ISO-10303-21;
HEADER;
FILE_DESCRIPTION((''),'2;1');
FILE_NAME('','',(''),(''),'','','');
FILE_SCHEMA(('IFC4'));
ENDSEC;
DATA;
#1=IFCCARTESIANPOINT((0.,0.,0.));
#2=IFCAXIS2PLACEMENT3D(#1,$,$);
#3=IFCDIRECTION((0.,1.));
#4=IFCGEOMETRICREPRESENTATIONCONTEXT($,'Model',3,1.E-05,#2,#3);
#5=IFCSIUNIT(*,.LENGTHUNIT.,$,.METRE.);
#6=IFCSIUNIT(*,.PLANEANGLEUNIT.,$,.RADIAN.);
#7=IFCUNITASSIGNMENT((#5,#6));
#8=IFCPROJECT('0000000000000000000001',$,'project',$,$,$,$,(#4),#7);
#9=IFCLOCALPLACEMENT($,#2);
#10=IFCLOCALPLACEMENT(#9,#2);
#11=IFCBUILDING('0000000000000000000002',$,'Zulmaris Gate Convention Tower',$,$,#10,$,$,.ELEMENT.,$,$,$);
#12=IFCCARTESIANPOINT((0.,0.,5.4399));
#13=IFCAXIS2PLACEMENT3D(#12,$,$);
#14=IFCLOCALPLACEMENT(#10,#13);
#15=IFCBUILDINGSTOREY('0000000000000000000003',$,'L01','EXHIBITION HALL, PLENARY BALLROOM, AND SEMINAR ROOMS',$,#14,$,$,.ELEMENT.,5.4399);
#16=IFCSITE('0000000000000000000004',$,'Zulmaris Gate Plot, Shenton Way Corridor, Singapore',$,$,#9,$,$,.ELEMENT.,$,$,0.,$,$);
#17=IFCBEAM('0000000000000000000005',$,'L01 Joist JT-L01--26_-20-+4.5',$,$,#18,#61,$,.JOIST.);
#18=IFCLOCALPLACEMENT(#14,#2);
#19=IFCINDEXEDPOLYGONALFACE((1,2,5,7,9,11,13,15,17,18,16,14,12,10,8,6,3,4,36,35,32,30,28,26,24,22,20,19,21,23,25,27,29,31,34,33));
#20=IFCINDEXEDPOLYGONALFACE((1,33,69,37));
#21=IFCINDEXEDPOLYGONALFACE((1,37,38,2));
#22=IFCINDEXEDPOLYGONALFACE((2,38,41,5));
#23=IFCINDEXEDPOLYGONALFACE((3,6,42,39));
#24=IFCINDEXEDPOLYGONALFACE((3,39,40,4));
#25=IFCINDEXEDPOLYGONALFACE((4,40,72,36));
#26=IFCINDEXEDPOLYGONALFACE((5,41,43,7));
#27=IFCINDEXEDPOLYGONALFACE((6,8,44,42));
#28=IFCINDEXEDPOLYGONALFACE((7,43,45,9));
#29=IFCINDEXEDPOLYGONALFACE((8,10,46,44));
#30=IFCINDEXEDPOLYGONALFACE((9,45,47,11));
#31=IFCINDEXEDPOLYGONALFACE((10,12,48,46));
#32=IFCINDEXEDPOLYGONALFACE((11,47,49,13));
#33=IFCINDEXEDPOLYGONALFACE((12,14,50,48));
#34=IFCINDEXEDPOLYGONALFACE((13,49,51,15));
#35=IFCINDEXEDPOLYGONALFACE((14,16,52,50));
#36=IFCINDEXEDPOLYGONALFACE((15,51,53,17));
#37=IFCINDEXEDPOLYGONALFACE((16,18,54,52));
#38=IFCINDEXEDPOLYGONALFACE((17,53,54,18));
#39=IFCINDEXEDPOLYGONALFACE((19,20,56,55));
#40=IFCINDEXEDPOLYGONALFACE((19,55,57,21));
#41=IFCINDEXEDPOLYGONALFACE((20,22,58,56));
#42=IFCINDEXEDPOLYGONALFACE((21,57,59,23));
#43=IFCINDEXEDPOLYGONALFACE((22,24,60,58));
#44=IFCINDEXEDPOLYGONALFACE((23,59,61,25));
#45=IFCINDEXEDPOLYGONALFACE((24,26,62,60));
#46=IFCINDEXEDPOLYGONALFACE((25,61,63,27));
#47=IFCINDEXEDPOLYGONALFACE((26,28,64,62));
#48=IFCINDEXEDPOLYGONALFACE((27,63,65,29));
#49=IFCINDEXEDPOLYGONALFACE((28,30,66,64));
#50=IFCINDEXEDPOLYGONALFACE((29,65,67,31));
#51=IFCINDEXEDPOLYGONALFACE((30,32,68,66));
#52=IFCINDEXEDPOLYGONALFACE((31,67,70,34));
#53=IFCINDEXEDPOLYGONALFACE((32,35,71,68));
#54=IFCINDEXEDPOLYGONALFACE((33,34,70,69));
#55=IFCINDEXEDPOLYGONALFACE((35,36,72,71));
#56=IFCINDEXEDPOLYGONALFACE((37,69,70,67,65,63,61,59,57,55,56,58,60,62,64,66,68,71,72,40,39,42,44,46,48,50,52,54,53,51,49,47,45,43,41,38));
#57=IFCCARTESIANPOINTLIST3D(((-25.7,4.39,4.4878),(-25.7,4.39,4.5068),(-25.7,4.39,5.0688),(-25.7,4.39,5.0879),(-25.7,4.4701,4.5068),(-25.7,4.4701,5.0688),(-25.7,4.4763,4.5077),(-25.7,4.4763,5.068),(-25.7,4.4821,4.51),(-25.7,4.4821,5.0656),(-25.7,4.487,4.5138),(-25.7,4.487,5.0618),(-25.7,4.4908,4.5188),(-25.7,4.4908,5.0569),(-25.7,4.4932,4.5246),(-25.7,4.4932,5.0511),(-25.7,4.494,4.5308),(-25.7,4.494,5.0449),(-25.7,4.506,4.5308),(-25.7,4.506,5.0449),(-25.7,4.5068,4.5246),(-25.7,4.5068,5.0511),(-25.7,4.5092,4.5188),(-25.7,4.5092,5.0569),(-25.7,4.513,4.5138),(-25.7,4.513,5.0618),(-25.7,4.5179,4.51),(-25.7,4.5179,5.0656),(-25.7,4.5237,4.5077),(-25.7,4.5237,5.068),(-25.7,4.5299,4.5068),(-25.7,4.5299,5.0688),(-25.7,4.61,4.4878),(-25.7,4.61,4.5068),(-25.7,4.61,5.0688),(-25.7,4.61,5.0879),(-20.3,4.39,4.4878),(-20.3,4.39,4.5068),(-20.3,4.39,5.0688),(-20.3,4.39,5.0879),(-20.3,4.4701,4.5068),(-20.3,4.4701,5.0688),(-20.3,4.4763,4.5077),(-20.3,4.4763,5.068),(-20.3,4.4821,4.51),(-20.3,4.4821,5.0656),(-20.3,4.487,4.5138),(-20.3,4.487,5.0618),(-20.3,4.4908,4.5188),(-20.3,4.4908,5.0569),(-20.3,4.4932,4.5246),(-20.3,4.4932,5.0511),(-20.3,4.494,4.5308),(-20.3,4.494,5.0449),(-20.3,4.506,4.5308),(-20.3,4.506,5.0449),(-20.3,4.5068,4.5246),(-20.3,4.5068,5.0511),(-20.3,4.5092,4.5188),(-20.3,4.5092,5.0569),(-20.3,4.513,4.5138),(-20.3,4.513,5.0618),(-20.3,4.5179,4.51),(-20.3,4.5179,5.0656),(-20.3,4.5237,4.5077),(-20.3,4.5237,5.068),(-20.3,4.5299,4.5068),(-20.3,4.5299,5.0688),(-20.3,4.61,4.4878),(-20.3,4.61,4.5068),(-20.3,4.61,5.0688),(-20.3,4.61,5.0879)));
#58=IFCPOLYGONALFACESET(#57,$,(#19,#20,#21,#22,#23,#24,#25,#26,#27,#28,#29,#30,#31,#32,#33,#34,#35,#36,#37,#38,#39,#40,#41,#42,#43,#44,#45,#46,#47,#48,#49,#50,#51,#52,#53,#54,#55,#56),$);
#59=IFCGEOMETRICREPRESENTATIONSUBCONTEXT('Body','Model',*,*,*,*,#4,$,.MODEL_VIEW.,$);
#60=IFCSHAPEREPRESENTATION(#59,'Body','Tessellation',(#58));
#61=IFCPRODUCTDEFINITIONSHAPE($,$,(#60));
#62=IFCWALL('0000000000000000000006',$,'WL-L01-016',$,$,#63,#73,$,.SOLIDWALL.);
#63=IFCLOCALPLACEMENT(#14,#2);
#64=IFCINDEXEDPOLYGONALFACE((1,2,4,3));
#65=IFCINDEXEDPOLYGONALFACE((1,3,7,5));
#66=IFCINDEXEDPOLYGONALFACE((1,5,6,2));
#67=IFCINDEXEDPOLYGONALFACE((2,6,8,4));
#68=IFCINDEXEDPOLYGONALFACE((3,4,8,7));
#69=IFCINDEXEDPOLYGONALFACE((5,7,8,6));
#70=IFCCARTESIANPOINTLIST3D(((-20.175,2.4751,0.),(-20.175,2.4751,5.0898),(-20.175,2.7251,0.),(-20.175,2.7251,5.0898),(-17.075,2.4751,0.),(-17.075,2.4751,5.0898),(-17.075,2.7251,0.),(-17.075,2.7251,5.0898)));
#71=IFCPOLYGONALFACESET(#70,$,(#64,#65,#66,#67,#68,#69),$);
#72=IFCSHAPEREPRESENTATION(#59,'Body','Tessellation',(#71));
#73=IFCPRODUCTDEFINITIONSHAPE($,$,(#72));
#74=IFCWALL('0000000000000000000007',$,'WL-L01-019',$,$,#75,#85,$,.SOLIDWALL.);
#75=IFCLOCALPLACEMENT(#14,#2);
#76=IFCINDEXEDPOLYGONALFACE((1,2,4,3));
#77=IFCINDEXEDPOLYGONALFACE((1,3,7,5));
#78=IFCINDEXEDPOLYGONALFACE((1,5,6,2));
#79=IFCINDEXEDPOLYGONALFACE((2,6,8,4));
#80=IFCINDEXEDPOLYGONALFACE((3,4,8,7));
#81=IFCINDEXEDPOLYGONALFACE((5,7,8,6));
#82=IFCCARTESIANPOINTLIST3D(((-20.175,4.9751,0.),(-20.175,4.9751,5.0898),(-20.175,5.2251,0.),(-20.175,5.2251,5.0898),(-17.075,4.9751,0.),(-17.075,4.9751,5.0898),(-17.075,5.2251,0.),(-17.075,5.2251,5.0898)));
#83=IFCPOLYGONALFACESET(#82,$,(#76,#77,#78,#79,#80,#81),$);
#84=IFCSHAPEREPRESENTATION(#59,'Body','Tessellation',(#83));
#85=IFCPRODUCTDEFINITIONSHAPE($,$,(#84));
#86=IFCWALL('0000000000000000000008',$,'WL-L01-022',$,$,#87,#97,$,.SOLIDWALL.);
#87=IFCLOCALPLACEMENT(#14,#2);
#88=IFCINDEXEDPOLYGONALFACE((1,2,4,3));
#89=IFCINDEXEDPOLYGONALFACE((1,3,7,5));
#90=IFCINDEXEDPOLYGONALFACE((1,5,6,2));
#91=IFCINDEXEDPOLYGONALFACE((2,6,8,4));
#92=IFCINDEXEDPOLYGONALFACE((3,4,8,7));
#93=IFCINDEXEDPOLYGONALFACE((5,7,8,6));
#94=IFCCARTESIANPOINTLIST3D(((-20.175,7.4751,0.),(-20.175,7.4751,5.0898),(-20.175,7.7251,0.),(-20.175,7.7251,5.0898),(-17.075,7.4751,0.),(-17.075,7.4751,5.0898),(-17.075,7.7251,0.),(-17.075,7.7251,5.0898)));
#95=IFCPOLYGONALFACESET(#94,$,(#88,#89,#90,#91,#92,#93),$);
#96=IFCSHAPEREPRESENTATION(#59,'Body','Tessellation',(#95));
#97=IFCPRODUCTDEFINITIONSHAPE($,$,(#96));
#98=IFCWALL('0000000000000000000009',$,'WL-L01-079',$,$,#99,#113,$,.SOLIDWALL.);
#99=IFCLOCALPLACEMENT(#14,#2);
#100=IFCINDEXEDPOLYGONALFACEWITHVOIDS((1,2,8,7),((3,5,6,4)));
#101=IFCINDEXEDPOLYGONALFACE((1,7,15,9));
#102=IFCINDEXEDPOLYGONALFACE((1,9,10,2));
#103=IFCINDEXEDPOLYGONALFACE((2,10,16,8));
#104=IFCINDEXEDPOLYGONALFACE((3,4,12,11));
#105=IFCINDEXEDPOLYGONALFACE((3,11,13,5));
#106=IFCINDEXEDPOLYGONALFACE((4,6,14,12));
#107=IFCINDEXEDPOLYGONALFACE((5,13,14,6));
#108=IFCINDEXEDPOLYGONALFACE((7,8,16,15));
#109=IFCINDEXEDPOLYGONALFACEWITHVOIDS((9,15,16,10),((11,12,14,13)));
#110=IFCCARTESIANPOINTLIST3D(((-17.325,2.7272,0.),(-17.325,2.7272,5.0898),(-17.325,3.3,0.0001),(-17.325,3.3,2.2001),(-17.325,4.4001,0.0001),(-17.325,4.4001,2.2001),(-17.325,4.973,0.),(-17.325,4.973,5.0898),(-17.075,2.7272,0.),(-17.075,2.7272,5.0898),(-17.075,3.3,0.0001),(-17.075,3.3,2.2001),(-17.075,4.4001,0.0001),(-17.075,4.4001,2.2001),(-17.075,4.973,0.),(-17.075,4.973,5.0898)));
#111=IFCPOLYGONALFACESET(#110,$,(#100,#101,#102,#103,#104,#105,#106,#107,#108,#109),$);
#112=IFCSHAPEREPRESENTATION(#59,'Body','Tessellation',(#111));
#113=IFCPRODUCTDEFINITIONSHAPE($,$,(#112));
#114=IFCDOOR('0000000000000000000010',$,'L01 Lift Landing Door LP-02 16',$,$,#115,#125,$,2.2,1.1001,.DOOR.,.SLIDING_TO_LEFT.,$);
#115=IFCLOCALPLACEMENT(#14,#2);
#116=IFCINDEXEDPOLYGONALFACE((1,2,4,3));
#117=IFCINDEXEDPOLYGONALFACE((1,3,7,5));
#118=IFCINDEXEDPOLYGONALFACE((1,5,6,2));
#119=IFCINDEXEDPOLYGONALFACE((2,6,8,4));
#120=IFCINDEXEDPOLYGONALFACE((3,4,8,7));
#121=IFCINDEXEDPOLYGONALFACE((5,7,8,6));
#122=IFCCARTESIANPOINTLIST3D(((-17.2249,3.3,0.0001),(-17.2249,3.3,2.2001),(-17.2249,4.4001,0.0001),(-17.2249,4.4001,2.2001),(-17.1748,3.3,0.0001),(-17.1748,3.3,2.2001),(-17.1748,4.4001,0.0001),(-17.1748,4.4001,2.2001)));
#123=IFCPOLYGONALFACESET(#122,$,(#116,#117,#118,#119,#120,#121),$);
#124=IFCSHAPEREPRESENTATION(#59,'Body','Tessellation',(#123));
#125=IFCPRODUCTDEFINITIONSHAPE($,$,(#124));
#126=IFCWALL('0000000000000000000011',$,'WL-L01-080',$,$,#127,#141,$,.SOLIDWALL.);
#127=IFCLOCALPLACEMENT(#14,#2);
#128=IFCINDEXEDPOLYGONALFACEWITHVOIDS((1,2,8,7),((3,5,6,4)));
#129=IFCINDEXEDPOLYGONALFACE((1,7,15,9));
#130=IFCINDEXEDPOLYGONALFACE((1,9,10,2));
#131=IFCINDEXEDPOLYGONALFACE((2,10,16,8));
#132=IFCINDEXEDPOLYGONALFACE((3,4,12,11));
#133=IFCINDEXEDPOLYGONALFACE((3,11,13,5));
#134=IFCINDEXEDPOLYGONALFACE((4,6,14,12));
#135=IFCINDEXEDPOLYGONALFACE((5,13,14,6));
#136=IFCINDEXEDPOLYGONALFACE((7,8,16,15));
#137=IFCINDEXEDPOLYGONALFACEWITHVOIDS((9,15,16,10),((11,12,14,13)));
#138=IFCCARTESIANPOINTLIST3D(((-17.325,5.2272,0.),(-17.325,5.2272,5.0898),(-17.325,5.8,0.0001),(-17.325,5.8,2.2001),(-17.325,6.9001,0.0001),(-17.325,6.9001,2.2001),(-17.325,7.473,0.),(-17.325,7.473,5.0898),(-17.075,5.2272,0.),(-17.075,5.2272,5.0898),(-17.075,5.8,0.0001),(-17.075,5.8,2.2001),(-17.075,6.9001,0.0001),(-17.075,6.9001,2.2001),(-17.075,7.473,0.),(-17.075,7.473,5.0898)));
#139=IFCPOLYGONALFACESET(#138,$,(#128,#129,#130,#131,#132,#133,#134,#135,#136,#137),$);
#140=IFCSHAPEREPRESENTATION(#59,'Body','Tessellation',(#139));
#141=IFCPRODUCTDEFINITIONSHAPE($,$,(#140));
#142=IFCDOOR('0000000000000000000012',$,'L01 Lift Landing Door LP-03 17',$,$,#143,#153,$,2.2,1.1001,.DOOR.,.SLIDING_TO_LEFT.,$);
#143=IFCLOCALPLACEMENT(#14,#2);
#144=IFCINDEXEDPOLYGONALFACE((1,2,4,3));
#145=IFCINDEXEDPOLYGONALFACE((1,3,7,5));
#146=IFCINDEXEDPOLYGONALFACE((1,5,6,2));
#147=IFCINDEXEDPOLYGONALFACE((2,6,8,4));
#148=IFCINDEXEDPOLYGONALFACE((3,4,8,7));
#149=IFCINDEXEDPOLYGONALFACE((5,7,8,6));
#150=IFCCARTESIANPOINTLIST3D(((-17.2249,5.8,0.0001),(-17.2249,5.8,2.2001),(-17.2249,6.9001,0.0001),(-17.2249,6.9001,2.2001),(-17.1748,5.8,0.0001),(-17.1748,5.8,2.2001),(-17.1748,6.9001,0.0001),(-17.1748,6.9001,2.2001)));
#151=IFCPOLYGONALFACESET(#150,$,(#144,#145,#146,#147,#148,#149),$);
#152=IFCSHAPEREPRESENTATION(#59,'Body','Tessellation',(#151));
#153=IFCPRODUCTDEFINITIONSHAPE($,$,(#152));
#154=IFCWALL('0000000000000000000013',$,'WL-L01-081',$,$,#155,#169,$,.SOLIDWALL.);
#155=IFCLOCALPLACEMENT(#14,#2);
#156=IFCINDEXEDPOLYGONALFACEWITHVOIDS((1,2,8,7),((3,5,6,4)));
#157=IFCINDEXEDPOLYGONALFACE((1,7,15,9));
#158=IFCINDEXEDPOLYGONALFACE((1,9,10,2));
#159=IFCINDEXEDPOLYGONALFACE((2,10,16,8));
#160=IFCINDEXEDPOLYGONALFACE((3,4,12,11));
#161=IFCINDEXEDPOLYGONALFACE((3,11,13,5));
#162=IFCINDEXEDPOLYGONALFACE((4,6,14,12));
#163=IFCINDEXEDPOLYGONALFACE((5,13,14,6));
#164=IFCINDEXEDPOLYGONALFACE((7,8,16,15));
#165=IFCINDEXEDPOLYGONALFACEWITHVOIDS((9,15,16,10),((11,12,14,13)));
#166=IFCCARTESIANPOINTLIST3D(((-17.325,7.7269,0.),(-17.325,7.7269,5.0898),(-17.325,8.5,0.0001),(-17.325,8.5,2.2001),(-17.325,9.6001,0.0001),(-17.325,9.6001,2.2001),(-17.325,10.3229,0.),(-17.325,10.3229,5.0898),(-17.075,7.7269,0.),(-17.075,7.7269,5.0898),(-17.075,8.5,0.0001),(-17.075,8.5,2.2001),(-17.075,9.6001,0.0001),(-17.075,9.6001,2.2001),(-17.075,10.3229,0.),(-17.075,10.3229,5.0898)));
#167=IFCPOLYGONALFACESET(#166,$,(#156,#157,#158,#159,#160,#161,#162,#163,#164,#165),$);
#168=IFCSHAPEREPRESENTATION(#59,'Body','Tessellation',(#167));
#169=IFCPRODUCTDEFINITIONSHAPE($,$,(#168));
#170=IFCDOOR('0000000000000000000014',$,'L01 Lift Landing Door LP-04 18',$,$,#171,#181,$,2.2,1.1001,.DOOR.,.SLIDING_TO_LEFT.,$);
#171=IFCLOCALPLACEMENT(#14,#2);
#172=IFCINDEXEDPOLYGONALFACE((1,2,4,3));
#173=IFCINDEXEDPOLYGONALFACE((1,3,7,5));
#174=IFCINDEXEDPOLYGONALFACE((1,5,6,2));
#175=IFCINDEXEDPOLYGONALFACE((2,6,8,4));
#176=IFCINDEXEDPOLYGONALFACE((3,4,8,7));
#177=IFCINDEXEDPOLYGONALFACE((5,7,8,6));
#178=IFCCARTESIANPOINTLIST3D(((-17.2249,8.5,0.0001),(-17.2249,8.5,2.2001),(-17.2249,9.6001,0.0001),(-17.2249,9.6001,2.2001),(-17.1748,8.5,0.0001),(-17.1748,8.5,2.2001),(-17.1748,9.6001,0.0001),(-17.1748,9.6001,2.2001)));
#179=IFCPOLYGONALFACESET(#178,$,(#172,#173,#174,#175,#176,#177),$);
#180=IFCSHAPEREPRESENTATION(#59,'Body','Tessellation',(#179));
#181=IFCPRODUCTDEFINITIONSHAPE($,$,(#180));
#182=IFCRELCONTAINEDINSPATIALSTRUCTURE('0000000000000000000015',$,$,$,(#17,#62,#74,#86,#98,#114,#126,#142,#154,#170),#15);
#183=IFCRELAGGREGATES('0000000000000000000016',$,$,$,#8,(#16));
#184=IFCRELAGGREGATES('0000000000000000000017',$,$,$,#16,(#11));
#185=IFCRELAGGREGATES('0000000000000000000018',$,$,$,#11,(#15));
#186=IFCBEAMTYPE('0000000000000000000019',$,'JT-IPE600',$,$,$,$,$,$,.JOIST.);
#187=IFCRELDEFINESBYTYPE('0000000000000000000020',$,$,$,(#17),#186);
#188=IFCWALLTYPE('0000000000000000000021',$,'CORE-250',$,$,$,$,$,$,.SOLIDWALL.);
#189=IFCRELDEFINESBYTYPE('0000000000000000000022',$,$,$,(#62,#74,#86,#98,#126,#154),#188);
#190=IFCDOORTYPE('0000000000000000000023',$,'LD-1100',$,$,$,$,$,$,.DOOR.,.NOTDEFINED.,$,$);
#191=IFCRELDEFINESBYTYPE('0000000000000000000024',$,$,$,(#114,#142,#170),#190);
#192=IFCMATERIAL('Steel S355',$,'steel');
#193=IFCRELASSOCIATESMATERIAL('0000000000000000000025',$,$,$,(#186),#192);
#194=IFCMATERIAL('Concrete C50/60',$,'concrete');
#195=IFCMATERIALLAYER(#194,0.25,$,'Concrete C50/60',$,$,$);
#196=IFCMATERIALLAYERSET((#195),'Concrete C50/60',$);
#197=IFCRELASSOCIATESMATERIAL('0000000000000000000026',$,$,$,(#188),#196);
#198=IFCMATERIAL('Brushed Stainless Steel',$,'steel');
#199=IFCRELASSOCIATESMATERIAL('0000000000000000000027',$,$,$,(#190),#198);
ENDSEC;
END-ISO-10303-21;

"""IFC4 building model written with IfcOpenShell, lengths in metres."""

from ifc_helpers import new_model, si_unit, direction, frame, frame_2d, origin, origin_2d, place, context, subcontext, project, spatial, rectangle, i_section, extrude, material, layer, layer_set, material_profile, profile_set, type_object, element, fill, save


model = new_model("IFC4")

# Units and contexts
model_context = context("Model", 3, precision=1e-05, world=origin(), true_north=direction((0.0, 1.0)))
body_context = subcontext(model_context, "Body", "Model", "MODEL_VIEW")
ifc_project = project(units=[si_unit("LENGTHUNIT", "METRE"), si_unit("PLANEANGLEUNIT", "RADIAN")], contexts=[model_context])

# Site, building, storey
site_placement = place(None, origin())
site = spatial("IfcSite", under=ifc_project, at=site_placement, Name="Zulmaris Gate Plot, Shenton Way Corridor, Singapore", CompositionType="ELEMENT", RefElevation=0.0)
building_placement = place(site_placement, origin())
building = spatial("IfcBuilding", under=site, at=building_placement, Name="Zulmaris Gate Convention Tower", CompositionType="ELEMENT")
storey_placement = place(building_placement, frame((0.0, 0.0, 5.4399)))
storey = spatial("IfcBuildingStorey", under=building, at=storey_placement, Name="L01", Description="EXHIBITION HALL, PLENARY BALLROOM, AND SEMINAR ROOMS", CompositionType="ELEMENT", Elevation=5.4399)

# Beam
ifc_material_1 = material(Name="Steel S355", Category="steel")
ifc_material_profile = material_profile(ifc_material_1, i_section(OverallWidth=0.22, OverallDepth=0.6001, WebThickness=0.012, FlangeThickness=0.019, FilletRadius=0.0239, at=origin_2d()), Name="IPE 600")
ifc_profile_set = profile_set([ifc_material_profile], Name="Steel S355")
beam_type = type_object("IfcBeamType", Name="JT-IPE600", PredefinedType="JOIST", material=ifc_profile_set)
beam_placement = place(storey_placement, frame((-25.7, 4.5, 4.7878), z_axis=(1.0, 0.0, 0.0), x_axis=(0.0, 1.0, 0.0)))
element("IfcBeam", 1, at=beam_placement, inside=storey, type_object=beam_type, Name="L01 Joist JT-L01--26_-20-+4.5", PredefinedType="JOIST", context=body_context, shape_type="SweptSolid", body=[
    extrude(i_section(OverallWidth=0.22, OverallDepth=0.6001, WebThickness=0.012, FlangeThickness=0.019, FilletRadius=0.0239, at=origin_2d()), origin(), (0.0, 0.0, 1.0), 5.3999),
])

# Walls
ifc_material_2 = material(Name="Concrete C50/60", Category="concrete")
ifc_layer_1 = layer(ifc_material_2, 0.25, Name="Concrete C50/60")
ifc_layer_set_1 = layer_set([ifc_layer_1], Name="Concrete C50/60")
wall_type_1 = type_object("IfcWallType", Name="CORE-250", PredefinedType="SOLIDWALL", material=ifc_layer_set_1)
for number, where, z_axis, x_axis, name in (
    (2, (-20.175, 2.6001, 0.0), (0.0, 0.0, 1.0), (1.0, 0.0, 0.0), "WL-L01-016"),
    (3, (-20.175, 5.1001, 0.0), (0.0, 0.0, 1.0), (1.0, 0.0, 0.0), "WL-L01-019"),
    (4, (-20.175, 7.6001, 0.0), (0.0, 0.0, 1.0), (1.0, 0.0, 0.0), "WL-L01-022"),
):
    element("IfcWall", number, at=place(storey_placement, frame(where, z_axis=z_axis, x_axis=x_axis)), inside=storey, type_object=wall_type_1, Name=name, PredefinedType="SOLIDWALL", context=body_context, shape_type="SweptSolid", body=[
        extrude(rectangle(XDim=3.1001, YDim=0.25, at=frame_2d((1.55, 0.0))), origin(), (0.0, 0.0, 1.0), 5.0898),
    ])

# Walls, openings, doors
wall_1_placement = place(storey_placement, frame((-17.2, 2.7271, 0.0), z_axis=(0.0, 0.0, 1.0), x_axis=(0.0, 1.0, 0.0)))
wall_1 = element("IfcWall", 5, at=wall_1_placement, inside=storey, type_object=wall_type_1, Name="WL-L01-079", PredefinedType="SOLIDWALL", context=body_context, shape_type="SweptSolid", body=[
    extrude(rectangle(XDim=2.2458, YDim=0.25, at=frame_2d((1.123, 0.0))), origin(), (0.0, 0.0, 1.0), 5.0898),
])
opening_1_placement = place(wall_1_placement, frame((0.573, 0.0, 0.0)))
opening_1 = element("IfcOpeningElement", 6, at=opening_1_placement, cuts=wall_1, PredefinedType="OPENING", context=body_context, shape_type="SweptSolid", body=[
    extrude(rectangle(XDim=1.1001, YDim=2.2, at=frame_2d((0.55, 1.1001))), frame((0.0, 0.135, 0.0), z_axis=(0.0, -1.0, 0.0), x_axis=(1.0, 0.0, 0.0)), (0.0, 0.0, 1.0), 0.27),
])
ifc_material_3 = material(Name="Brushed Stainless Steel", Category="steel")
door_type = type_object("IfcDoorType", Name="LD-1100", OperationType="NOTDEFINED", PredefinedType="DOOR", material=ifc_material_3)
door_1_placement = place(opening_1_placement, origin())
door_1 = element("IfcDoor", 7, at=door_1_placement, inside=storey, type_object=door_type, Name="L01 Lift Landing Door LP-02 16", OperationType="SLIDING_TO_LEFT", OverallHeight=2.2, OverallWidth=1.1001, PredefinedType="DOOR", context=body_context, shape_type="SweptSolid", body=[
    extrude(rectangle(XDim=1.1001, YDim=2.2, at=frame_2d((0.55, 1.1001))), frame((0.0, 0.0249, 0.0), z_axis=(0.0, -1.0, 0.0), x_axis=(1.0, 0.0, 0.0)), (0.0, 0.0, 1.0), 0.05),
])
fill(opening_1, door_1)
wall_2_placement = place(storey_placement, frame((-17.2, 5.2271, 0.0), z_axis=(0.0, 0.0, 1.0), x_axis=(0.0, 1.0, 0.0)))
wall_2 = element("IfcWall", 8, at=wall_2_placement, inside=storey, type_object=wall_type_1, Name="WL-L01-080", PredefinedType="SOLIDWALL", context=body_context, shape_type="SweptSolid", body=[
    extrude(rectangle(XDim=2.2458, YDim=0.25, at=frame_2d((1.123, 0.0))), origin(), (0.0, 0.0, 1.0), 5.0898),
])
opening_2_placement = place(wall_2_placement, frame((0.573, 0.0, 0.0)))
opening_2 = element("IfcOpeningElement", 9, at=opening_2_placement, cuts=wall_2, PredefinedType="OPENING", context=body_context, shape_type="SweptSolid", body=[
    extrude(rectangle(XDim=1.1001, YDim=2.2, at=frame_2d((0.55, 1.1001))), frame((0.0, 0.135, 0.0), z_axis=(0.0, -1.0, 0.0), x_axis=(1.0, 0.0, 0.0)), (0.0, 0.0, 1.0), 0.27),
])
door_2_placement = place(opening_2_placement, origin())
door_2 = element("IfcDoor", 10, at=door_2_placement, inside=storey, type_object=door_type, Name="L01 Lift Landing Door LP-03 17", OperationType="SLIDING_TO_LEFT", OverallHeight=2.2, OverallWidth=1.1001, PredefinedType="DOOR", context=body_context, shape_type="SweptSolid", body=[
    extrude(rectangle(XDim=1.1001, YDim=2.2, at=frame_2d((0.55, 1.1001))), frame((0.0, 0.0249, 0.0), z_axis=(0.0, -1.0, 0.0), x_axis=(1.0, 0.0, 0.0)), (0.0, 0.0, 1.0), 0.05),
])
fill(opening_2, door_2)
wall_3_placement = place(storey_placement, frame((-17.2, 7.7271, 0.0), z_axis=(0.0, 0.0, 1.0), x_axis=(0.0, 1.0, 0.0)))
wall_3 = element("IfcWall", 11, at=wall_3_placement, inside=storey, type_object=wall_type_1, Name="WL-L01-081", PredefinedType="SOLIDWALL", context=body_context, shape_type="SweptSolid", body=[
    extrude(rectangle(XDim=2.5959, YDim=0.25, at=frame_2d((1.2979, 0.0))), origin(), (0.0, 0.0, 1.0), 5.0898),
])
opening_3_placement = place(wall_3_placement, frame((0.7729, 0.0, 0.0)))
opening_3 = element("IfcOpeningElement", 12, at=opening_3_placement, cuts=wall_3, PredefinedType="OPENING", context=body_context, shape_type="SweptSolid", body=[
    extrude(rectangle(XDim=1.1001, YDim=2.2, at=frame_2d((0.55, 1.1001))), frame((0.0, 0.135, 0.0), z_axis=(0.0, -1.0, 0.0), x_axis=(1.0, 0.0, 0.0)), (0.0, 0.0, 1.0), 0.27),
])
door_3_placement = place(opening_3_placement, origin())
door_3 = element("IfcDoor", 13, at=door_3_placement, inside=storey, type_object=door_type, Name="L01 Lift Landing Door LP-04 18", OperationType="SLIDING_TO_LEFT", OverallHeight=2.2, OverallWidth=1.1001, PredefinedType="DOOR", context=body_context, shape_type="SweptSolid", body=[
    extrude(rectangle(XDim=1.1001, YDim=2.2, at=frame_2d((0.55, 1.1001))), frame((0.0, 0.0249, 0.0), z_axis=(0.0, -1.0, 0.0), x_axis=(1.0, 0.0, 0.0)), (0.0, 0.0, 1.0), 0.05),
])
fill(opening_3, door_3)

save(model, "model.ifc")
